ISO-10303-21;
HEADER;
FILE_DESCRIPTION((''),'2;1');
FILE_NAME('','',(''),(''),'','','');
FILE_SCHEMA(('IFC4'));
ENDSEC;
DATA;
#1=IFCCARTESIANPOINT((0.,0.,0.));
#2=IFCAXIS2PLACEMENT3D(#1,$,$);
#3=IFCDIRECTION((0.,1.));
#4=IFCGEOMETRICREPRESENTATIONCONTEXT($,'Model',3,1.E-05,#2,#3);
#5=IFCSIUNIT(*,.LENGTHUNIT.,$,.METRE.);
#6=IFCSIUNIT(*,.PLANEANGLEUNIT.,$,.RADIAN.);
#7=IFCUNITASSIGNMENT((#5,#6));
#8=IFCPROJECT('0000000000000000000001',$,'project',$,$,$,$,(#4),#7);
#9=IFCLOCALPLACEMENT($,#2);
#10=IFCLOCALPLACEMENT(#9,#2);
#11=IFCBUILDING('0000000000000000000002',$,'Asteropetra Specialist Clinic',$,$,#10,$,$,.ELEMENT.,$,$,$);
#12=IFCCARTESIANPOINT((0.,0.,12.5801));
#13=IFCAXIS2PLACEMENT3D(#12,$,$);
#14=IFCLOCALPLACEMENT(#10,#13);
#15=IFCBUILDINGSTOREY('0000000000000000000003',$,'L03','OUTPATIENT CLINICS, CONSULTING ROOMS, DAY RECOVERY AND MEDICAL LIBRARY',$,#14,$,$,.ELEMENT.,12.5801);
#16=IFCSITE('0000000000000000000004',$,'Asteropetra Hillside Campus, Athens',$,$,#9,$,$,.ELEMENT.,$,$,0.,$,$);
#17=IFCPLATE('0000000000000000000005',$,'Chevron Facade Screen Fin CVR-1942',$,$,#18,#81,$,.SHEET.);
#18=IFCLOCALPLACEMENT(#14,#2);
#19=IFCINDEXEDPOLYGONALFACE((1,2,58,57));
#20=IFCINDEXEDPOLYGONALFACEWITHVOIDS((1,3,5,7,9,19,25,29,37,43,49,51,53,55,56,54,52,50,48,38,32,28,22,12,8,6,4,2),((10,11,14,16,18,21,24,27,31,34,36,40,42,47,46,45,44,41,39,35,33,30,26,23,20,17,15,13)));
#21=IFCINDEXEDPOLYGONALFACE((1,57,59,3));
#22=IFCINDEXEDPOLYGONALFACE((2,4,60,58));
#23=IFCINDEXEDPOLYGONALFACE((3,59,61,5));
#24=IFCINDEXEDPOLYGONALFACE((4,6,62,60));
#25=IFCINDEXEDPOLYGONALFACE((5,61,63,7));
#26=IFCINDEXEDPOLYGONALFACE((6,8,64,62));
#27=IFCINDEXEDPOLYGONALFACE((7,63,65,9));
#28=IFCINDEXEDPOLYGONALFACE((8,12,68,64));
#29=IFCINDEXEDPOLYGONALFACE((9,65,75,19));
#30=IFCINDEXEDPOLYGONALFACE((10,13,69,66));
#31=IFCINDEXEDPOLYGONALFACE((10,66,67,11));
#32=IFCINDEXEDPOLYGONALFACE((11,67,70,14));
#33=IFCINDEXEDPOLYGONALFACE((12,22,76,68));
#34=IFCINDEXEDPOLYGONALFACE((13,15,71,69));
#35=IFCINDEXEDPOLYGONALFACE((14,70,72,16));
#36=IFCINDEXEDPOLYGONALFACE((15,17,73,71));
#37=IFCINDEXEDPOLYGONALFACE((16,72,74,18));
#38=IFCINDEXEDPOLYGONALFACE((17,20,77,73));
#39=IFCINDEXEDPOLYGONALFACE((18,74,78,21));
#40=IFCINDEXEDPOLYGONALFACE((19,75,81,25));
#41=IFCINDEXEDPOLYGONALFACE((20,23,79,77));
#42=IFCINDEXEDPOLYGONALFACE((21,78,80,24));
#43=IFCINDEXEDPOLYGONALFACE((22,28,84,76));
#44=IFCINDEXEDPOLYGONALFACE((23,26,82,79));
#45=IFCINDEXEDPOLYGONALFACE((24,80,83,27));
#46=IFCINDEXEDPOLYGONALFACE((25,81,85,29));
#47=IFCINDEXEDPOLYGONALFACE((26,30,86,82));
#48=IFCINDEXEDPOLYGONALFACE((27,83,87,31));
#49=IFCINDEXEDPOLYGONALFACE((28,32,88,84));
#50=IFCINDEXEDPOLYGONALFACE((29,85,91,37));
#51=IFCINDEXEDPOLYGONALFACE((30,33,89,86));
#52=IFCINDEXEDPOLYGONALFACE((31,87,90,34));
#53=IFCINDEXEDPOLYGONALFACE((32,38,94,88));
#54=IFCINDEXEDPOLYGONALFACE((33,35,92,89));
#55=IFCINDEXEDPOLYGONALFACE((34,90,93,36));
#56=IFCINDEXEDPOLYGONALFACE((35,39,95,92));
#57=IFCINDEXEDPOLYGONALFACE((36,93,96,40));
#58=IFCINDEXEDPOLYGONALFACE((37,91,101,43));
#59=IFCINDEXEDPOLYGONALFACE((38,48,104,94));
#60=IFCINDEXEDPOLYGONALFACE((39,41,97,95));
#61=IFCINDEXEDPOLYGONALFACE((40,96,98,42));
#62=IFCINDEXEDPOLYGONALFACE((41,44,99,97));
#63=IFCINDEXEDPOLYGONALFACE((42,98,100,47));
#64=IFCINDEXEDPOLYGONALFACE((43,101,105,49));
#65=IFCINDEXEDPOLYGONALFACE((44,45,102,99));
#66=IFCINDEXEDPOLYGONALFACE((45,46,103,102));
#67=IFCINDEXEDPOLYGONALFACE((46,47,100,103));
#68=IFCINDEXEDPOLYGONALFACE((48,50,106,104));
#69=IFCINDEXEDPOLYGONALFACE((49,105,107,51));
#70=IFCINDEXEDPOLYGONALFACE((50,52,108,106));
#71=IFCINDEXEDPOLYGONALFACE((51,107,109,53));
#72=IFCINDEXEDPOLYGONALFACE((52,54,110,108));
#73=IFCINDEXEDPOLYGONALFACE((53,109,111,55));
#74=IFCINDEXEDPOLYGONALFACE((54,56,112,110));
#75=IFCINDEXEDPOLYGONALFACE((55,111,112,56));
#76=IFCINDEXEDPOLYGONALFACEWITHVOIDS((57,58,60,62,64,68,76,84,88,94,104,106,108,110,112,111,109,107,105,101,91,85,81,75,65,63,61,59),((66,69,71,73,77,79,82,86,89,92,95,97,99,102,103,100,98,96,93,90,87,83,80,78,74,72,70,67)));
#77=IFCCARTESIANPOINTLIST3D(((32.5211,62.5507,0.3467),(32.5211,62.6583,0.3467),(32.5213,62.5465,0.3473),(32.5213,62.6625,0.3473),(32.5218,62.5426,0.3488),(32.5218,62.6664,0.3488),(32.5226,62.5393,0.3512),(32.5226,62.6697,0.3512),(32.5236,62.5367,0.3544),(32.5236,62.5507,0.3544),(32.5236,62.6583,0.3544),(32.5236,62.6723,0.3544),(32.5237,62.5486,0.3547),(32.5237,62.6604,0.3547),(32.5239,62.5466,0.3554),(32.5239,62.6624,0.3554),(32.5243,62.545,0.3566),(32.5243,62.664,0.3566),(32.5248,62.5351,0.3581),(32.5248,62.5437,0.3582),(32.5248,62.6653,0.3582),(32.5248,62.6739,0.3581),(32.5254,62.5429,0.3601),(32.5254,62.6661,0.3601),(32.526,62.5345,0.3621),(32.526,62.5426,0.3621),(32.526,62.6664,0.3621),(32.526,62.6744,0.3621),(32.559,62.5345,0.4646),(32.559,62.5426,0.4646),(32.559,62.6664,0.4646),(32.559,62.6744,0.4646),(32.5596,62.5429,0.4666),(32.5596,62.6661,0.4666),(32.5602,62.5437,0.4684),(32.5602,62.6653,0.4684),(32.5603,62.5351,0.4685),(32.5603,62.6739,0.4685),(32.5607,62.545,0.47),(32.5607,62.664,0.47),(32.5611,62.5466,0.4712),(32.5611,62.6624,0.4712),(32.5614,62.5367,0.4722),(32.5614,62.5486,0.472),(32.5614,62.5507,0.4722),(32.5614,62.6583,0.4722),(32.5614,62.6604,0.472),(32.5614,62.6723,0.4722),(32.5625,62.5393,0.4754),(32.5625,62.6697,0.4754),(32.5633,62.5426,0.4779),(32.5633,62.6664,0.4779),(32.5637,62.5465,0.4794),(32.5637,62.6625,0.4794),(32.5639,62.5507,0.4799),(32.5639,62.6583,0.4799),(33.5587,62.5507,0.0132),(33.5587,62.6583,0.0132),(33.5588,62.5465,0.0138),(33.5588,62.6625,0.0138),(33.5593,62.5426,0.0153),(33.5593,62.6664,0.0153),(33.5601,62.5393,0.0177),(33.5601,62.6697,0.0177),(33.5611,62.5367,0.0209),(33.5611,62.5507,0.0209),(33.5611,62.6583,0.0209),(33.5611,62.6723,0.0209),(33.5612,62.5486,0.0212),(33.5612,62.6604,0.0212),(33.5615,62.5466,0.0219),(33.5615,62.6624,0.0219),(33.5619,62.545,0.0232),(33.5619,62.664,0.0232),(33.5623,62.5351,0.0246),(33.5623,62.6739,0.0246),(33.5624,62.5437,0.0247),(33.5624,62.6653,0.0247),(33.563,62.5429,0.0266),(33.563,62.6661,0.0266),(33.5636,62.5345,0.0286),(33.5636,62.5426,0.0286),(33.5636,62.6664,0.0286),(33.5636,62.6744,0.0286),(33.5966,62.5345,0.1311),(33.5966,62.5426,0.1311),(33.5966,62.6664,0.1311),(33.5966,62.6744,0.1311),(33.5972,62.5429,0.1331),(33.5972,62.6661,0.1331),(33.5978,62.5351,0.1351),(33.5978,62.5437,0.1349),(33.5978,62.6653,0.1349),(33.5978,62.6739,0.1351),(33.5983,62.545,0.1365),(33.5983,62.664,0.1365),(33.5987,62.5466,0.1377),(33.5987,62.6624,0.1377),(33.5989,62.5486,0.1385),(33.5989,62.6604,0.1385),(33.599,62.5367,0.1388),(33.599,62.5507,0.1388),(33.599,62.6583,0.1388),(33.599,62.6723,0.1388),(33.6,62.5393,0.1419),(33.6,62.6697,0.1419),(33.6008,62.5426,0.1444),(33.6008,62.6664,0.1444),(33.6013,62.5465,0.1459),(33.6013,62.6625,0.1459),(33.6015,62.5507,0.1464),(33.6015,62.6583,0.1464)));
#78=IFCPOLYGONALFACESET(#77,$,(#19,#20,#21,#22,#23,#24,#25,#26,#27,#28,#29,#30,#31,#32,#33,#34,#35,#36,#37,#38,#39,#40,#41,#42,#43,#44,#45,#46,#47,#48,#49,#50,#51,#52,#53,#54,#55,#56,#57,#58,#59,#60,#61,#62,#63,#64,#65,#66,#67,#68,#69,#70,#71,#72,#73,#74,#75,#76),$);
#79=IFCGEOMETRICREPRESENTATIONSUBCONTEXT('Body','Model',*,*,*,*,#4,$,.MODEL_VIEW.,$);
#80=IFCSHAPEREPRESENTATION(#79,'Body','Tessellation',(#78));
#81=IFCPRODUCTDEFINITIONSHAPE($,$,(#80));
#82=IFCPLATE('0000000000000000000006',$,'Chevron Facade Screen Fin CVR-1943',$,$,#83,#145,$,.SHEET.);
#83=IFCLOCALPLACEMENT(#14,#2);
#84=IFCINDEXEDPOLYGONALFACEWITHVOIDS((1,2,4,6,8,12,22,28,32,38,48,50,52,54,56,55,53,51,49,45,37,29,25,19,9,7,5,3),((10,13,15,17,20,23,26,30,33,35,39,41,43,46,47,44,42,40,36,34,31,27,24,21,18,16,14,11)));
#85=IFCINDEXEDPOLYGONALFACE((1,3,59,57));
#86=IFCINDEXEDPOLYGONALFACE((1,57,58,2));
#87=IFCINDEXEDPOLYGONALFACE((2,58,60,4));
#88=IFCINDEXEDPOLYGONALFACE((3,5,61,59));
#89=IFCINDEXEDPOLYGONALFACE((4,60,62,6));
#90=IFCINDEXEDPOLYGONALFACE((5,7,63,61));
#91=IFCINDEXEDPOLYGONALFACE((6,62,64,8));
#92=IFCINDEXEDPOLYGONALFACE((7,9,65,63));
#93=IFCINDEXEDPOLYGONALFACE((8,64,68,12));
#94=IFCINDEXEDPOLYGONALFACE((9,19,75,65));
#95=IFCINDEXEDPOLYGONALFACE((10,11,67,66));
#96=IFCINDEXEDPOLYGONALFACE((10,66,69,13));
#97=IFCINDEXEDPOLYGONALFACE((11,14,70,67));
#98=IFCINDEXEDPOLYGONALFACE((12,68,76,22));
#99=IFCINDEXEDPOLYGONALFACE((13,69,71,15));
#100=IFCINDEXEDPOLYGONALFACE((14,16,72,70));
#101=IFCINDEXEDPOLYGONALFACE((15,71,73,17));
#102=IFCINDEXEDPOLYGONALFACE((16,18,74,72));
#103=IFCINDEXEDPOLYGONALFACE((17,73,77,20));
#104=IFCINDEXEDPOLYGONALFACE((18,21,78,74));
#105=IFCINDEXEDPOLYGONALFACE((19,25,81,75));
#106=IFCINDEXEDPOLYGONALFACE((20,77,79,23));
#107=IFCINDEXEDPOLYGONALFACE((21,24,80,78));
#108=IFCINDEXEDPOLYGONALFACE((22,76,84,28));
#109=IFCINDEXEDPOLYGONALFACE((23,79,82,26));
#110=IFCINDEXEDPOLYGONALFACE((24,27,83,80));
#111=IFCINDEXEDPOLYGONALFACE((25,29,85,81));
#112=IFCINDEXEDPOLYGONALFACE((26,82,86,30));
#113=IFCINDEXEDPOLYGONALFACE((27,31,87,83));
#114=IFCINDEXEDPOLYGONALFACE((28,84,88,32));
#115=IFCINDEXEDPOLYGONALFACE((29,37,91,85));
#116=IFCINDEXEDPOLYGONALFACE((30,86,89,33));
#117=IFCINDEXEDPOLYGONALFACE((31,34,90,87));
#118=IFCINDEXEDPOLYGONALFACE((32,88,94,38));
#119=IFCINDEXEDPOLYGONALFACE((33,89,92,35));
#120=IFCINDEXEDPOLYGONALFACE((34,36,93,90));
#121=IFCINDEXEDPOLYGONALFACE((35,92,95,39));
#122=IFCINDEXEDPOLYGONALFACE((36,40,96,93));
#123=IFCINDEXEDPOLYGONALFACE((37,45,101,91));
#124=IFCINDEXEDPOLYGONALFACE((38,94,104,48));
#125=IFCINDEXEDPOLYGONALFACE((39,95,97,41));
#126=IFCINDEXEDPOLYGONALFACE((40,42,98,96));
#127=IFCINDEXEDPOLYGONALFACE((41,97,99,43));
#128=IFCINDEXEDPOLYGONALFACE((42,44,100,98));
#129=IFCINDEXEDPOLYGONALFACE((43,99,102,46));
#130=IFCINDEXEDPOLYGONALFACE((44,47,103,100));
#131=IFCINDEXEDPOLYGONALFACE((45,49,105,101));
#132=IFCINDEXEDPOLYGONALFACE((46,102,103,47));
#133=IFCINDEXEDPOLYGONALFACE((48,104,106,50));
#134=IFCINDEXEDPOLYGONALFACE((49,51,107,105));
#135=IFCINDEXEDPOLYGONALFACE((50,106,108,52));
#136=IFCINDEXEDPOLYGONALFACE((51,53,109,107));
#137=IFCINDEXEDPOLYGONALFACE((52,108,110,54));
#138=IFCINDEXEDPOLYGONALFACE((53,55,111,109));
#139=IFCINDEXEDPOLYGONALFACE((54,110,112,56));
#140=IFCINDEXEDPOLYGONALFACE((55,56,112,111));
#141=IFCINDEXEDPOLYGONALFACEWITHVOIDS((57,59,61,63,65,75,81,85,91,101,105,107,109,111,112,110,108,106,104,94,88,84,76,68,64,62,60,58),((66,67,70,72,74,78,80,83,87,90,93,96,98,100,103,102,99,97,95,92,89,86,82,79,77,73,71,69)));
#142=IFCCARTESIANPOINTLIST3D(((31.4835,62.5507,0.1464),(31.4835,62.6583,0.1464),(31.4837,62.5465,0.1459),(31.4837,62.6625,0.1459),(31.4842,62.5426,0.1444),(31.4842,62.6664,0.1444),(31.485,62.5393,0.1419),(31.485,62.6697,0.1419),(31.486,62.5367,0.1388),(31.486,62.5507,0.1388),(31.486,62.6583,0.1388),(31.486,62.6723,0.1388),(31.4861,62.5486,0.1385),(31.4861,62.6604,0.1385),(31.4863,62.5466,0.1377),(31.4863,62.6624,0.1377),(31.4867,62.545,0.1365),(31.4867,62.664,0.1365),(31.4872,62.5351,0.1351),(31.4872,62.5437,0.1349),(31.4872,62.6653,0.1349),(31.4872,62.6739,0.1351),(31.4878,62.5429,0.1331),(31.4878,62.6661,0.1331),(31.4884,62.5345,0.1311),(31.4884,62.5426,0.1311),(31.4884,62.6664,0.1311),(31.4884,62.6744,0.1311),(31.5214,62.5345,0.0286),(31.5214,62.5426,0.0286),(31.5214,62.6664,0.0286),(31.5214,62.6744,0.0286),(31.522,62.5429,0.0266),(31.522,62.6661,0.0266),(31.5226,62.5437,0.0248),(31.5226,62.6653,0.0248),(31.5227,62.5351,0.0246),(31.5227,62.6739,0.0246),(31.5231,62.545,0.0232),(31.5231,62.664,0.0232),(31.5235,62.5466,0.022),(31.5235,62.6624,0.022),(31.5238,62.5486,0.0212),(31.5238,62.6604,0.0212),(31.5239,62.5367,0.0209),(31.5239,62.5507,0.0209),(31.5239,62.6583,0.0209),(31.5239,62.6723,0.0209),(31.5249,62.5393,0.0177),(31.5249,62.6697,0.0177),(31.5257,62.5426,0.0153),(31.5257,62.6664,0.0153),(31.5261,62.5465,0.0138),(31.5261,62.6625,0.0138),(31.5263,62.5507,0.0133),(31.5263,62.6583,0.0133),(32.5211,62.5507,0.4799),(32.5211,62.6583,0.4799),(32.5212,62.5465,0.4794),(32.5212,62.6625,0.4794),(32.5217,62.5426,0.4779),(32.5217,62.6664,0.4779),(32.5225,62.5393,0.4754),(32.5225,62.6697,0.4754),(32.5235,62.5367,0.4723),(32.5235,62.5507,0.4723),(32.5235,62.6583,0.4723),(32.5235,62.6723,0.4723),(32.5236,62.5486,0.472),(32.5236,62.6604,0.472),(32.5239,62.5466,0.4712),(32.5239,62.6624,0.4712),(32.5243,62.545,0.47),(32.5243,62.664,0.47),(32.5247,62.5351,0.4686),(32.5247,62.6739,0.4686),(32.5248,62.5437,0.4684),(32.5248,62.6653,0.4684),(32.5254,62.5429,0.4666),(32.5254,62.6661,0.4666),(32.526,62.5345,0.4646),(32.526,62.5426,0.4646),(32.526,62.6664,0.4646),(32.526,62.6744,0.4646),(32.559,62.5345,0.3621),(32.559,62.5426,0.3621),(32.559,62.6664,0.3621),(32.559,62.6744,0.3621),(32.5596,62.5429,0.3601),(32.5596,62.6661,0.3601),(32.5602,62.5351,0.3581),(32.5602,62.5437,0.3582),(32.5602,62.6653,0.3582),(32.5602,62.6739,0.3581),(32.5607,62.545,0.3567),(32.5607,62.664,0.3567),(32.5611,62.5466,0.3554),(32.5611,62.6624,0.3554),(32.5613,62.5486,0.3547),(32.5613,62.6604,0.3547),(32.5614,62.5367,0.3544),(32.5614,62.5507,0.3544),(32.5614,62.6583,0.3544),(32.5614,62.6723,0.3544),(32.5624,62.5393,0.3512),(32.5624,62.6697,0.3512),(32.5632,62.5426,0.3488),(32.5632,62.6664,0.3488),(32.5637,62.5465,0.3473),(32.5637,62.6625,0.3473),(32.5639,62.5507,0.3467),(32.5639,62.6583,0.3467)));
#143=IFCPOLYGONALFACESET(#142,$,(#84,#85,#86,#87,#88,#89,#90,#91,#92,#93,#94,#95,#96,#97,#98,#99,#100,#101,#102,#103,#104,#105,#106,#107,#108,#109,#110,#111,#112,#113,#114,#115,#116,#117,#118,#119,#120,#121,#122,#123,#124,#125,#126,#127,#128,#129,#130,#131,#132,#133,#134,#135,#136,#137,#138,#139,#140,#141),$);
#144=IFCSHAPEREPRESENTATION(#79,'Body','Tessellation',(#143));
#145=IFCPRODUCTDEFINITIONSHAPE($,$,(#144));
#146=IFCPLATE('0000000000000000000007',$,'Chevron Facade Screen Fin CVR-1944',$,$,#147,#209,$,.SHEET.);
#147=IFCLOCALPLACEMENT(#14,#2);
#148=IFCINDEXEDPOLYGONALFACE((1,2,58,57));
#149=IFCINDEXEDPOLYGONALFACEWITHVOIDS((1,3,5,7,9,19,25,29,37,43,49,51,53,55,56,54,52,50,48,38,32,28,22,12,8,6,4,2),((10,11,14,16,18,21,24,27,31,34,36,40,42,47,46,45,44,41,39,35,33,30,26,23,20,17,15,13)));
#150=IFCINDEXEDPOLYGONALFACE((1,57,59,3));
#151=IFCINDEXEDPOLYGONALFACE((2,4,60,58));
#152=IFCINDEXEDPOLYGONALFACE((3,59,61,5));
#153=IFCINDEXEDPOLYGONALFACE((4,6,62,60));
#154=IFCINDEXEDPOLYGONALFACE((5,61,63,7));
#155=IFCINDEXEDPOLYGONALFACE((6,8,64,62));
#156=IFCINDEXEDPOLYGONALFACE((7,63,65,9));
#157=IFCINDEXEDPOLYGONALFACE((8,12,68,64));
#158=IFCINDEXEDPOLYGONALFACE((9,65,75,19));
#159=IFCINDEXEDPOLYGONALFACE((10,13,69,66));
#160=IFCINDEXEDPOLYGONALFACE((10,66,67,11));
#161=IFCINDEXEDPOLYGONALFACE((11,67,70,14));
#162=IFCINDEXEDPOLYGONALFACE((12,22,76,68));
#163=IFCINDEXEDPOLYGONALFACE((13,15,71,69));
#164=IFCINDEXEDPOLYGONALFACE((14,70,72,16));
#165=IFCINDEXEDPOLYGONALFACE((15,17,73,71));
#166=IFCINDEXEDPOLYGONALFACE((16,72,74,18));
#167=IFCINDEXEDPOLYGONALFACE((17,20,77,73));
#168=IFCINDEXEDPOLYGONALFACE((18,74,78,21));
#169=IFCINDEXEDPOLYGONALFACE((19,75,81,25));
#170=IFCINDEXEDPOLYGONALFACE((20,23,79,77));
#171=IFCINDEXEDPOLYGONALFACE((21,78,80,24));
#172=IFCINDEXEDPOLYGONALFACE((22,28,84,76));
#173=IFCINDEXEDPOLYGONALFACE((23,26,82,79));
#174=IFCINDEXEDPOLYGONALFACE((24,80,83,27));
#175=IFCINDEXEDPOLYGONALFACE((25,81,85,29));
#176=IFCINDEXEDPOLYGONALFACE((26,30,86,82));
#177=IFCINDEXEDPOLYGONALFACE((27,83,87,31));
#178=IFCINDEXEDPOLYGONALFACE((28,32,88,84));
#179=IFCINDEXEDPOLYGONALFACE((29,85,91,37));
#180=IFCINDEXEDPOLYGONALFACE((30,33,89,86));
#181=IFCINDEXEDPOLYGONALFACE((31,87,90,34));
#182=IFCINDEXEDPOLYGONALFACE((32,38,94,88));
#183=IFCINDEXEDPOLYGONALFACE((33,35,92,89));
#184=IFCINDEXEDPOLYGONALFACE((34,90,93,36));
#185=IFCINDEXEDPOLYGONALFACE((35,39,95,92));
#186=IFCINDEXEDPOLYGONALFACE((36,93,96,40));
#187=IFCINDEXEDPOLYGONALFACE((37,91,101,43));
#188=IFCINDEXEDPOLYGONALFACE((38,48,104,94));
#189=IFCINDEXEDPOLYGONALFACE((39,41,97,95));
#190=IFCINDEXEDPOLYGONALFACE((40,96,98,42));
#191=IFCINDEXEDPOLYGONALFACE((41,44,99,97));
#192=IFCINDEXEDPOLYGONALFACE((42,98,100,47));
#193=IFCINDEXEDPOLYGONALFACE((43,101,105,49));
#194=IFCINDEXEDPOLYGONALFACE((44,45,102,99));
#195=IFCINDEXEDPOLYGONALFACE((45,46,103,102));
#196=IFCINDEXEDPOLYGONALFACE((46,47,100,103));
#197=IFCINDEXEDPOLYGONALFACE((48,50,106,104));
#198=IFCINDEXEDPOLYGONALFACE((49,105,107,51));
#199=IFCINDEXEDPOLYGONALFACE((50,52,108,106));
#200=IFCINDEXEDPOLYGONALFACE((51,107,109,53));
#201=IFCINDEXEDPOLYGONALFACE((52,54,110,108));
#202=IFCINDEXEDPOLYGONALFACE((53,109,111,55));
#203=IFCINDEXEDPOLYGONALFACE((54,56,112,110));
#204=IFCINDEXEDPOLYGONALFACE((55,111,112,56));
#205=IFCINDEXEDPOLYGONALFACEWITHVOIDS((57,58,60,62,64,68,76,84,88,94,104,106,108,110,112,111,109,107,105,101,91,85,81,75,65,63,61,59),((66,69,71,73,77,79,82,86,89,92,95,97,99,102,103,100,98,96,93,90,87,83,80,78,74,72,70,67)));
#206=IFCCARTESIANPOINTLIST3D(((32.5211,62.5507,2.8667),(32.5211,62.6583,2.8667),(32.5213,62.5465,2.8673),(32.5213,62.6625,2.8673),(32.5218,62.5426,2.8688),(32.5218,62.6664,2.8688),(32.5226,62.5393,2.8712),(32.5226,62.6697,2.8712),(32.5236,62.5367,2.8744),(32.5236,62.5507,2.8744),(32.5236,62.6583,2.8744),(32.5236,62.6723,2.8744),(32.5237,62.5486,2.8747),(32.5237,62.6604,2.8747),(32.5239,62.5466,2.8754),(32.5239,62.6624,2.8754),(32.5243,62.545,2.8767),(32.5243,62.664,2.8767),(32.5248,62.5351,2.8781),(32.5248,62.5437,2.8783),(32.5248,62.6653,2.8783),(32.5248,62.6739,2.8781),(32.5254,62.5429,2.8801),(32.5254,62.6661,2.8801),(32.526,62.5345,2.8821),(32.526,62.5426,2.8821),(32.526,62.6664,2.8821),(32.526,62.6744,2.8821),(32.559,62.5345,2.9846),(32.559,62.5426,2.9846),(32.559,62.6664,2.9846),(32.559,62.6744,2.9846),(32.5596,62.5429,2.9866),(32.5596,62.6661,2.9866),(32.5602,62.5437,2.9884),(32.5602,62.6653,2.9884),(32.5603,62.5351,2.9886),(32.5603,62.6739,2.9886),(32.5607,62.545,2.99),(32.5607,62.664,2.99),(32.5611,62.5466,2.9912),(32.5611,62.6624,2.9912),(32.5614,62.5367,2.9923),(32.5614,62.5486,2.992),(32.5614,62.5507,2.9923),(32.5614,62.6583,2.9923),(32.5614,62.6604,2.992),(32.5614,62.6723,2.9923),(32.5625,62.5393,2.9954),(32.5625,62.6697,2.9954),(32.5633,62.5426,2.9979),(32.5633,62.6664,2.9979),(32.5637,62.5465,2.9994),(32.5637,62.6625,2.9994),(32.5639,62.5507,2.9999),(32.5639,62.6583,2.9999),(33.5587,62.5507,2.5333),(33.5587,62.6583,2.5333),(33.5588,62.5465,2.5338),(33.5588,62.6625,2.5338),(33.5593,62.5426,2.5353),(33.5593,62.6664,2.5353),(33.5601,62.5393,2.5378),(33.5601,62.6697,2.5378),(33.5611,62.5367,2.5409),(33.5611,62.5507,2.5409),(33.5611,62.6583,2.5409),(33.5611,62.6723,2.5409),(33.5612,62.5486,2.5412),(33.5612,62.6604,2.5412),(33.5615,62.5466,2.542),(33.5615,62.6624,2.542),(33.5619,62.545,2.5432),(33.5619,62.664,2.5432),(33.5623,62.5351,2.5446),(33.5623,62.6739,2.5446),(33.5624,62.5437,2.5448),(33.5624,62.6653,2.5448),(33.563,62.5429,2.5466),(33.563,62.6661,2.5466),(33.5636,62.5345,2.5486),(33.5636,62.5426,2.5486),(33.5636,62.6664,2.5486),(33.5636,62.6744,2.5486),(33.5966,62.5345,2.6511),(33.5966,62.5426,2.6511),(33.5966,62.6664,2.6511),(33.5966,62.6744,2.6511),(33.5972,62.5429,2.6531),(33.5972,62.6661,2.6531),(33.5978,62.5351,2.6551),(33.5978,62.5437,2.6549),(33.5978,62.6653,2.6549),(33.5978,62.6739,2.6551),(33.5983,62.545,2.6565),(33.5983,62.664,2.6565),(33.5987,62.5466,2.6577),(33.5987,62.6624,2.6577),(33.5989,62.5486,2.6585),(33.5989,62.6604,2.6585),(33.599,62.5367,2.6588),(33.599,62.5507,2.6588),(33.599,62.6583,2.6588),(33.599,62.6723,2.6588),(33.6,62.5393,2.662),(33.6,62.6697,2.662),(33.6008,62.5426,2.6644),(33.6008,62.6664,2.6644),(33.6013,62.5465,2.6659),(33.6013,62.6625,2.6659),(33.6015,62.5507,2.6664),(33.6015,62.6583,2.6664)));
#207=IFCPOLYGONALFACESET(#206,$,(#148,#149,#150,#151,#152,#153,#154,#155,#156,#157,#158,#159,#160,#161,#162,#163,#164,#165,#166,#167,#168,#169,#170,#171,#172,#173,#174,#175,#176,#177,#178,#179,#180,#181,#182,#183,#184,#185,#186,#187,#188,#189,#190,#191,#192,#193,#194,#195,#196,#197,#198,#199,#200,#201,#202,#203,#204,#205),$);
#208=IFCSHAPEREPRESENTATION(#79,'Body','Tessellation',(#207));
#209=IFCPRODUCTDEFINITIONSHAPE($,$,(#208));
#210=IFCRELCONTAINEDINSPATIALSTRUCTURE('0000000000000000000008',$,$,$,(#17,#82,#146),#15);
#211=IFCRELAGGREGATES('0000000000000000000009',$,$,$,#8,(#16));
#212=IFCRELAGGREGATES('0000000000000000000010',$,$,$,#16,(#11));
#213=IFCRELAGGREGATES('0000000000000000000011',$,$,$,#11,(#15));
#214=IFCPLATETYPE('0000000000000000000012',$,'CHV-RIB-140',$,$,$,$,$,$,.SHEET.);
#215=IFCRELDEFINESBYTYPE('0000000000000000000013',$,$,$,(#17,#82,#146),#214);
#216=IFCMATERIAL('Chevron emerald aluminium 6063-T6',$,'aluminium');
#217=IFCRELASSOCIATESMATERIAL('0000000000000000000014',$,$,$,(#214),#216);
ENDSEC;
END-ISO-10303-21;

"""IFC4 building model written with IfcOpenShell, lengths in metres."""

from ifc_helpers import new_model, si_unit, direction, frame, origin, origin_2d, place, context, subcontext, project, spatial, hollow_rectangle, extrude, material, material_profile, profile_set, type_object, element, save


model = new_model("IFC4")

# Units and contexts
model_context = context("Model", 3, precision=1e-05, world=origin(), true_north=direction((0.0, 1.0)))
body_context = subcontext(model_context, "Body", "Model", "MODEL_VIEW")
ifc_project = project(units=[si_unit("LENGTHUNIT", "METRE"), si_unit("PLANEANGLEUNIT", "RADIAN")], contexts=[model_context])

# Site, building, storey
site_placement = place(None, origin())
site = spatial("IfcSite", under=ifc_project, at=site_placement, Name="Asteropetra Hillside Campus, Athens", CompositionType="ELEMENT", RefElevation=0.0)
building_placement = place(site_placement, origin())
building = spatial("IfcBuilding", under=site, at=building_placement, Name="Asteropetra Specialist Clinic", CompositionType="ELEMENT")
storey_placement = place(building_placement, frame((0.0, 0.0, 12.5801)))
storey = spatial("IfcBuildingStorey", under=building, at=storey_placement, Name="L03", Description="OUTPATIENT CLINICS, CONSULTING ROOMS, DAY RECOVERY AND MEDICAL LIBRARY", CompositionType="ELEMENT", Elevation=12.5801)

# Plates
ifc_material_1 = material(Name="Chevron emerald aluminium 6063-T6", Category="aluminium")
ifc_material_profile = material_profile(ifc_material_1, hollow_rectangle(XDim=0.1399, YDim=0.1399, WallThickness=0.0081, InnerFilletRadius=0.0081, OuterFilletRadius=0.0161, at=origin_2d()), Name="SHS 140x140x8.0")
ifc_profile_set = profile_set([ifc_material_profile], Name="Chevron emerald aluminium 6063-T6")
plate_type_1 = type_object("IfcPlateType", Name="CHV-RIB-140", PredefinedType="SHEET", material=ifc_profile_set)
for number, where, z_axis, x_axis, name in (
    (1, (33.5801, 62.6045, 0.0798), (-0.952033, 0.0, 0.305995), (0.0, -1.0, 0.0), "Chevron Facade Screen Fin CVR-1942"),
    (2, (32.5425, 62.6045, 0.4133), (-0.952033, 0.0, -0.305995), (0.0, -1.0, 0.0), "Chevron Facade Screen Fin CVR-1943"),
    (3, (33.5801, 62.6045, 2.5999), (-0.952033, 0.0, 0.305995), (0.0, -1.0, 0.0), "Chevron Facade Screen Fin CVR-1944"),
):
    element("IfcPlate", number, at=place(storey_placement, frame(where, z_axis=z_axis, x_axis=x_axis)), inside=storey, type_object=plate_type_1, Name=name, PredefinedType="SHEET", context=body_context, shape_type="SweptSolid", body=[
        extrude(hollow_rectangle(XDim=0.1399, YDim=0.1399, WallThickness=0.0081, InnerFilletRadius=0.0081, OuterFilletRadius=0.0161, at=origin_2d()), origin(), (0.0, 0.0, 1.0), 1.0898),
    ])

save(model, "model.ifc")
